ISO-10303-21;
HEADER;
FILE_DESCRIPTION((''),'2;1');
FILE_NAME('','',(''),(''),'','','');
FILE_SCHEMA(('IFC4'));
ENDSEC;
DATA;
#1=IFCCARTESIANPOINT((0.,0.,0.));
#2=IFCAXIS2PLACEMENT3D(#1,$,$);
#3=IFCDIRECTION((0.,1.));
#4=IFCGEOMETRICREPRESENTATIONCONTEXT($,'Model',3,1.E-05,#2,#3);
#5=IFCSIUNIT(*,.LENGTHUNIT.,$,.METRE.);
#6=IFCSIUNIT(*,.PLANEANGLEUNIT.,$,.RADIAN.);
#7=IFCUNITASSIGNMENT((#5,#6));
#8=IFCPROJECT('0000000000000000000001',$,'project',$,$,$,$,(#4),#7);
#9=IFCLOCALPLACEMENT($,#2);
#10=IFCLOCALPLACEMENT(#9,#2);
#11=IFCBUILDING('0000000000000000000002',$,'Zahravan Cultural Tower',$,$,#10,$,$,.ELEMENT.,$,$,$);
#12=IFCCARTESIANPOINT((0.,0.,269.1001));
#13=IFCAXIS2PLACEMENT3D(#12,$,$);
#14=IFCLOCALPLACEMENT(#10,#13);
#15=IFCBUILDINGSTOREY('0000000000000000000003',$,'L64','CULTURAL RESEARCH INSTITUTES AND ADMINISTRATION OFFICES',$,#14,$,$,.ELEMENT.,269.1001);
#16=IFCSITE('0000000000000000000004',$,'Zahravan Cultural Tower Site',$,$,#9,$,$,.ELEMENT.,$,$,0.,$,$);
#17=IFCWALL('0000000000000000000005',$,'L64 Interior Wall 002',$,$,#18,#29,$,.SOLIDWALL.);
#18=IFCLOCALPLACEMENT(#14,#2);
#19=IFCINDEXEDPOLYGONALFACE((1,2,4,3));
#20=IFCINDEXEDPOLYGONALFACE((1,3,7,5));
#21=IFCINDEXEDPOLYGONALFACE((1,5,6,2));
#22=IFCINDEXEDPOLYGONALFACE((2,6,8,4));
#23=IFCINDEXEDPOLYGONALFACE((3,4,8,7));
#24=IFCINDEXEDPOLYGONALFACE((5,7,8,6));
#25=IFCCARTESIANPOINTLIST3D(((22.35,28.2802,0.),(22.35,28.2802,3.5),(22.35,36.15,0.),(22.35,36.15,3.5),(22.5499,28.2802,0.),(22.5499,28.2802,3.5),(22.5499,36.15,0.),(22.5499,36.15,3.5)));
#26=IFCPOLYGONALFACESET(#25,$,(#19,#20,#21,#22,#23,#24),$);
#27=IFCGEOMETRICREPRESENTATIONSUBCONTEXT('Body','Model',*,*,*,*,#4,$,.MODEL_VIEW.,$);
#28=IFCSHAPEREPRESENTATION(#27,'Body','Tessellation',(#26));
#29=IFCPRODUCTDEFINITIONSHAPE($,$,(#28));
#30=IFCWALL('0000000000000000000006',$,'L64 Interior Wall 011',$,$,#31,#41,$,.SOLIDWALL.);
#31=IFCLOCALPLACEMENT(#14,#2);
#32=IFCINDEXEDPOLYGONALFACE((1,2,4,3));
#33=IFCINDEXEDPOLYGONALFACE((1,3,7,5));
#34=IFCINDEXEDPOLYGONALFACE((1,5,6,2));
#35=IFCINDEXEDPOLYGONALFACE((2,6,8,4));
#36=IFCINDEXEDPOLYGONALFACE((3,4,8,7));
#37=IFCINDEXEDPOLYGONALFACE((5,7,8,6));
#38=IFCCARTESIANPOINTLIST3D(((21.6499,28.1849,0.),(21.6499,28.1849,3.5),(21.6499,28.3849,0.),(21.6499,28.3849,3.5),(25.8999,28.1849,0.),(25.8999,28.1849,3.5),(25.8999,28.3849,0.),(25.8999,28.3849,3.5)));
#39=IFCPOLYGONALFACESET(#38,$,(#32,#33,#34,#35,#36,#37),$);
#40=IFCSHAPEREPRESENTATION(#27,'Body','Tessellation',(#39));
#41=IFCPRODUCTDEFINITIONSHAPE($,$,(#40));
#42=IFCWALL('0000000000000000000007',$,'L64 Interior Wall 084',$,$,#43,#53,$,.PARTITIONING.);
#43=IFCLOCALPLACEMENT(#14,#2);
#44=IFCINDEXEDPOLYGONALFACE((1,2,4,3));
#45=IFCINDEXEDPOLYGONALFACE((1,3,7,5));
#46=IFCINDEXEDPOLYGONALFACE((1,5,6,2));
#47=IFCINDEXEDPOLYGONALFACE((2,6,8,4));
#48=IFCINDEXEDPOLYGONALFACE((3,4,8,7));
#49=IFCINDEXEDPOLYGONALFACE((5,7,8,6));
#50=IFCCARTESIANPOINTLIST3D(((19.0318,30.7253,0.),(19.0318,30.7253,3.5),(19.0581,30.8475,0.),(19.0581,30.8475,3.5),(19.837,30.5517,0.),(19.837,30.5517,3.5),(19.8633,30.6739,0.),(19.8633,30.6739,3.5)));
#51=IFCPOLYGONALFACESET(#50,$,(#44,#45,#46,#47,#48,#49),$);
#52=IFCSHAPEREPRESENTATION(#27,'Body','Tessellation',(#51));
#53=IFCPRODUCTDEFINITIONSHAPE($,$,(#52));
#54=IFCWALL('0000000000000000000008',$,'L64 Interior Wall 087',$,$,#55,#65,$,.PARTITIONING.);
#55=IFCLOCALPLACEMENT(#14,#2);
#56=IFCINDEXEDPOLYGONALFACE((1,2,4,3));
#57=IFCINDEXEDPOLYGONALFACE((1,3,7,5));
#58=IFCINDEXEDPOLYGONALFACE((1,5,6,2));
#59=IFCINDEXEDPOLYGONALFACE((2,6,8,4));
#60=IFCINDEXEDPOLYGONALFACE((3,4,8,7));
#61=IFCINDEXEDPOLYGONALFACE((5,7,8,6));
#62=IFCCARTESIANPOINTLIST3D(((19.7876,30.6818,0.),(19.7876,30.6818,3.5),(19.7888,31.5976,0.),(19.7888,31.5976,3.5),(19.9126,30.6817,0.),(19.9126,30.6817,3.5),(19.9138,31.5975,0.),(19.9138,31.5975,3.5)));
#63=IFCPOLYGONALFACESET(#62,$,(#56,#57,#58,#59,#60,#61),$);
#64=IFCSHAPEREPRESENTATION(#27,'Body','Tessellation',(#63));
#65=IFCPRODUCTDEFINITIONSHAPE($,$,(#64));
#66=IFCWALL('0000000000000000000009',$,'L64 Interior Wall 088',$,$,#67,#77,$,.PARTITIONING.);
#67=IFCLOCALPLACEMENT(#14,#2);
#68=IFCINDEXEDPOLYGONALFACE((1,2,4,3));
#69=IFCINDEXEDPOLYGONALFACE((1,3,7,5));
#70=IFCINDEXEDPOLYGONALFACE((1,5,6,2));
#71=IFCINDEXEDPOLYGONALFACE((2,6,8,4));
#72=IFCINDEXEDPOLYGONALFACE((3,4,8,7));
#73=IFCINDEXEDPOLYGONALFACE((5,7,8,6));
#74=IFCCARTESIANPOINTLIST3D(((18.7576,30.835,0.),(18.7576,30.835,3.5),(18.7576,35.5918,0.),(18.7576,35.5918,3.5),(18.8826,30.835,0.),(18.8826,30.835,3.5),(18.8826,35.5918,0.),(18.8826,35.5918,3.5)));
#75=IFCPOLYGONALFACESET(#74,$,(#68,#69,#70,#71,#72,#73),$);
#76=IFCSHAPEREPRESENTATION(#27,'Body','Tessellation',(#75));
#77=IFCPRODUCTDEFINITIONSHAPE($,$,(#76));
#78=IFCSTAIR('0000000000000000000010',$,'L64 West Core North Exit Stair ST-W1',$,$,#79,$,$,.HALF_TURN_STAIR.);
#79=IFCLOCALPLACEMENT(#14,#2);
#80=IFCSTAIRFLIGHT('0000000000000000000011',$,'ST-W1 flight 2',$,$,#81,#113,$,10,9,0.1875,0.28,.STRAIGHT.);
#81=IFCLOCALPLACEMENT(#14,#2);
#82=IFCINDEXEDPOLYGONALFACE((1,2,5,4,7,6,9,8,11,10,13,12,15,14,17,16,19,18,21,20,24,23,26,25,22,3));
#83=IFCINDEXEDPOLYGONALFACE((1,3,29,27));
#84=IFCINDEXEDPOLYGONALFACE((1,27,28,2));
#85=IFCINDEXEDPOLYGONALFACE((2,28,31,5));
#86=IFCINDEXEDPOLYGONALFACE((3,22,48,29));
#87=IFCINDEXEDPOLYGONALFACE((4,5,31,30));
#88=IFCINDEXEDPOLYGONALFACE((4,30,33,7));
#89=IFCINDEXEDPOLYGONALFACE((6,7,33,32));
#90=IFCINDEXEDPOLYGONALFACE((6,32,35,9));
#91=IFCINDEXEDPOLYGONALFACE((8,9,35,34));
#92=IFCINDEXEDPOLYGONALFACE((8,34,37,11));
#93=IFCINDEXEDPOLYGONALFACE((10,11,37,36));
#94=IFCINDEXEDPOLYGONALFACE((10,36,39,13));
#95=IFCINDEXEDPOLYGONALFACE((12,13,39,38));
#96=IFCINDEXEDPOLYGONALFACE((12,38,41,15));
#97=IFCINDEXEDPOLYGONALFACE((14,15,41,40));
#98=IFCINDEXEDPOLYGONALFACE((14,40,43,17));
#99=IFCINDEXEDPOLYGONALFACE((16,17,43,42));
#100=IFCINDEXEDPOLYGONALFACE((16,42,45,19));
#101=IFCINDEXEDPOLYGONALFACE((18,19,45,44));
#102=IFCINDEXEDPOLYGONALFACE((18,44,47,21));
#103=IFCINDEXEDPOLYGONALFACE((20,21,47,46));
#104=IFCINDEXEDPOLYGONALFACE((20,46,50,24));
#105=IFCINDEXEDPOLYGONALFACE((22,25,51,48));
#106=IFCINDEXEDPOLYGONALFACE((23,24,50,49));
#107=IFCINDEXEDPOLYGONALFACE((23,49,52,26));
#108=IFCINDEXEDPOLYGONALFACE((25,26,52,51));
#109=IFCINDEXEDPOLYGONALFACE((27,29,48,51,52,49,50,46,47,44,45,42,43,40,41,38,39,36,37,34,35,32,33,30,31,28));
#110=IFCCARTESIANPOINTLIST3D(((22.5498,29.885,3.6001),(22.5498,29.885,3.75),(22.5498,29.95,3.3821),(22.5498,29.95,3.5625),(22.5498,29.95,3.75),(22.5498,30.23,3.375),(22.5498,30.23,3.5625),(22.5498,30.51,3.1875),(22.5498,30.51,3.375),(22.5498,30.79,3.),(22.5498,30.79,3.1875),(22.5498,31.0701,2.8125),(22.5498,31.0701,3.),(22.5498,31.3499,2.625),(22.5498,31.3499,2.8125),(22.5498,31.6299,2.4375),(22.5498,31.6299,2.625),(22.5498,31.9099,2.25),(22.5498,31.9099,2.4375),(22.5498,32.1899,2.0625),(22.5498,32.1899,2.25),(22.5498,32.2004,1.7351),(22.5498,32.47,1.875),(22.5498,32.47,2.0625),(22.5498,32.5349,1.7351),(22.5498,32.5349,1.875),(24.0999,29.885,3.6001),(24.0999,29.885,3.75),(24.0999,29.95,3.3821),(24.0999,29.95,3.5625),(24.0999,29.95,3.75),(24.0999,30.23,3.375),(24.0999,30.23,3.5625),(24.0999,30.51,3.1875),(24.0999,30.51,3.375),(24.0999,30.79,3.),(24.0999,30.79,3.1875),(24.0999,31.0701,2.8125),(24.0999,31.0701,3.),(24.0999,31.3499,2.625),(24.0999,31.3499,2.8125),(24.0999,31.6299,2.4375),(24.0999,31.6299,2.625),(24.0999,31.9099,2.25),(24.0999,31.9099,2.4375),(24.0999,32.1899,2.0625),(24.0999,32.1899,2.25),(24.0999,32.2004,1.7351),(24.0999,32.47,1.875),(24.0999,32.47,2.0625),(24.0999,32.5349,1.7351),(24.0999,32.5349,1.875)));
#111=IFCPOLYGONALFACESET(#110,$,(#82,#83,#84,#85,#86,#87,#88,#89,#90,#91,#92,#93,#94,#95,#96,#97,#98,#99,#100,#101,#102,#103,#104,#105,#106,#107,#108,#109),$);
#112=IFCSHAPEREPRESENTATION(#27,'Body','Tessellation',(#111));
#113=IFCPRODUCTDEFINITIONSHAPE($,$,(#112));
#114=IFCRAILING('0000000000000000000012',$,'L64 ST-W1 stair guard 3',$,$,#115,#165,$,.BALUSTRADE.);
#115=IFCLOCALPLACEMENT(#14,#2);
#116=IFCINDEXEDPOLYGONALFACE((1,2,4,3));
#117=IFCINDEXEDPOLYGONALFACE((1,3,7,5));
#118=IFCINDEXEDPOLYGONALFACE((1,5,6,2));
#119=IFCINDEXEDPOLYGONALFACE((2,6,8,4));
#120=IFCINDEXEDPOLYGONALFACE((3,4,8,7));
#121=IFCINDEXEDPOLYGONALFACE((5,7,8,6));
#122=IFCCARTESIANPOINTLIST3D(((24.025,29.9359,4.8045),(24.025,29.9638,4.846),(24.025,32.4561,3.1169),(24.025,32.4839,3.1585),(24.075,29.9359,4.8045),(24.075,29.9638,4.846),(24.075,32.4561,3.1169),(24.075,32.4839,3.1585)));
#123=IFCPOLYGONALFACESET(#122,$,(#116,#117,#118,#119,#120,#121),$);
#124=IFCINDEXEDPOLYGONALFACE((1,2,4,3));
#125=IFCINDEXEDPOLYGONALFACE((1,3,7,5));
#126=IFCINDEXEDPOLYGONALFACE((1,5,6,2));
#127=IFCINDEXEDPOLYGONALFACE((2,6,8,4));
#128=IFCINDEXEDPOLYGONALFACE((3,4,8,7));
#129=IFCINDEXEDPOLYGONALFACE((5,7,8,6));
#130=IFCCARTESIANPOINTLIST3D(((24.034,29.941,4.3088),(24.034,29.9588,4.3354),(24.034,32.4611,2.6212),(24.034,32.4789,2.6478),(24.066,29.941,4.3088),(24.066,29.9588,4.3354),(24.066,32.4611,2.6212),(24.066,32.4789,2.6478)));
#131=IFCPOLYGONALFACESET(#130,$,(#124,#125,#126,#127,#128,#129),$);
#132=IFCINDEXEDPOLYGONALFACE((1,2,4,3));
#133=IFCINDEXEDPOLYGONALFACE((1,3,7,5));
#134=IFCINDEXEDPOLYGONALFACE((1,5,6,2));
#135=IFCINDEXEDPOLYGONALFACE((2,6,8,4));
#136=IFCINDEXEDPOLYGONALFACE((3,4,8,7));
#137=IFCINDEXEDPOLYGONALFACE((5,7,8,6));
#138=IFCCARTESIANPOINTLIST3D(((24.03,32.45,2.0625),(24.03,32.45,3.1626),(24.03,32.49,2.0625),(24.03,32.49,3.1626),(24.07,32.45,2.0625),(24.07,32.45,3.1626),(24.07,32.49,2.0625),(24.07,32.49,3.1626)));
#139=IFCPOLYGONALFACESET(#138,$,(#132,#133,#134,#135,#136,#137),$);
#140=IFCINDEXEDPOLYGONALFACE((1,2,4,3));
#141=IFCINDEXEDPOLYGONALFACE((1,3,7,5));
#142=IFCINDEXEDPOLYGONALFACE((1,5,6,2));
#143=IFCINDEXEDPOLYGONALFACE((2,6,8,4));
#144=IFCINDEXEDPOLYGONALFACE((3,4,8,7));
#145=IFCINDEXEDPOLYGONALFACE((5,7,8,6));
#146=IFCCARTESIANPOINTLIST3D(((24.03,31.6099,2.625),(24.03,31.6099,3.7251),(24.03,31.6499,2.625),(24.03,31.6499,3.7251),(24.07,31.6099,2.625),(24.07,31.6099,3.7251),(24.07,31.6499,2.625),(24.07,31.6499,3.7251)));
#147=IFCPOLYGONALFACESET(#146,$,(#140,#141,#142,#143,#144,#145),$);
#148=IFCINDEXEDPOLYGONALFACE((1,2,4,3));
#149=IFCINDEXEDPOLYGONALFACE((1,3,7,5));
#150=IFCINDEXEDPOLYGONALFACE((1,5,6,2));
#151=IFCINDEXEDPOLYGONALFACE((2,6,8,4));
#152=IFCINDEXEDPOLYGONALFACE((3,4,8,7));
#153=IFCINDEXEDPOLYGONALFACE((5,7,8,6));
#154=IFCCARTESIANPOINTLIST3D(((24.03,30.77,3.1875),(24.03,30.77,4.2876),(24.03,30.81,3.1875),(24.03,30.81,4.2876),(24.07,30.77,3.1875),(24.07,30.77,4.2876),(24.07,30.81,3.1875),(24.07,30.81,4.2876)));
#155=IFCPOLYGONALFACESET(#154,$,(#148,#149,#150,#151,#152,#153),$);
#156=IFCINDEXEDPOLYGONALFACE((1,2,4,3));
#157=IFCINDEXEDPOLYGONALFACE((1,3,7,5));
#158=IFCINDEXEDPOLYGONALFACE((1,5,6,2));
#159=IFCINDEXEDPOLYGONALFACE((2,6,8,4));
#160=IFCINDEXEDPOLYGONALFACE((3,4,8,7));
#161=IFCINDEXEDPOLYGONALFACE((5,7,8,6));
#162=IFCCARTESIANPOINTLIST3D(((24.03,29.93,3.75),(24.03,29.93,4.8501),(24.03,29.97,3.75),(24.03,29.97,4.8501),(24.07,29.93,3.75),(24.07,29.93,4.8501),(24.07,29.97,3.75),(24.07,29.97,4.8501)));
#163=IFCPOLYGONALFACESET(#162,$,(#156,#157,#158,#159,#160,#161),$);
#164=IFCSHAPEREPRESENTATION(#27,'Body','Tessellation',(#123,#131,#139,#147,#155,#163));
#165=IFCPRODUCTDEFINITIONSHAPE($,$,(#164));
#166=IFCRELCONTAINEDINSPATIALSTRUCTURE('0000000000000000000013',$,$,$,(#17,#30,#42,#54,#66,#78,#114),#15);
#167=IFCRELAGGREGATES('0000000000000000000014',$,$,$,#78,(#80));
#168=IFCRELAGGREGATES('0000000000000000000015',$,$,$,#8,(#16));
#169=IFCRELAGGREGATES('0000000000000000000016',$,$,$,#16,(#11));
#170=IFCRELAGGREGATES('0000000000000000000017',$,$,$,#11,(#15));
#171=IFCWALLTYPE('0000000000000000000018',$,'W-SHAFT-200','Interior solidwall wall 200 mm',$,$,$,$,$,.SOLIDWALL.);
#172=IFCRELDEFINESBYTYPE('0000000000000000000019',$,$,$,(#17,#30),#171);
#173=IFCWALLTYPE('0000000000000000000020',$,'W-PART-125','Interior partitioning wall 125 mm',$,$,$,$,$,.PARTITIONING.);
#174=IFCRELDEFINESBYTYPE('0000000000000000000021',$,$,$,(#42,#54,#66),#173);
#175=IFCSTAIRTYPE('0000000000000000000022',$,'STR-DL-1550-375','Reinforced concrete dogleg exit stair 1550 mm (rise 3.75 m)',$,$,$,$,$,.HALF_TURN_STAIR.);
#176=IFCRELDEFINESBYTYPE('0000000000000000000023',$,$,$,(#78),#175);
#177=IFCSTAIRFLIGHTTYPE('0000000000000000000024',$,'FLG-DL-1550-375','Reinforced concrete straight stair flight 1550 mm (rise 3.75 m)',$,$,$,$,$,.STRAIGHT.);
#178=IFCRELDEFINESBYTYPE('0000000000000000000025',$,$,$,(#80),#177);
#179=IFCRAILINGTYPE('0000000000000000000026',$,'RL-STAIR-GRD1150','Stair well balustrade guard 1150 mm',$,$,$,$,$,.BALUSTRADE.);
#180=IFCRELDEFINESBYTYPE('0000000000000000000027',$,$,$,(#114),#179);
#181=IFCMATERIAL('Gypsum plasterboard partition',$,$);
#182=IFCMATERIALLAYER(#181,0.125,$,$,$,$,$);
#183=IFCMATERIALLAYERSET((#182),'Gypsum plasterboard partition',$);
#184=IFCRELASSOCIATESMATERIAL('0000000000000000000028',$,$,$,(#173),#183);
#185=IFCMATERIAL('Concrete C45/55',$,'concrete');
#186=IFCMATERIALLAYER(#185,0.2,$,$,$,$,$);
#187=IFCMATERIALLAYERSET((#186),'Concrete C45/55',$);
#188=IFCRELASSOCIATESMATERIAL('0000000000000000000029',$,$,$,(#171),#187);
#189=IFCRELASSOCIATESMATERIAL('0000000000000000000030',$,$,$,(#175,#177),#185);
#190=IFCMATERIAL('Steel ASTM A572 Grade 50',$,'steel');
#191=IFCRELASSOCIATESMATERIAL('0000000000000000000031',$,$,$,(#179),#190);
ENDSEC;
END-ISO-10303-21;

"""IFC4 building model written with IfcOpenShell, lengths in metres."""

from ifc_helpers import new_model, si_unit, direction, frame, frame_2d, origin, origin_2d, place, context, subcontext, project, spatial, polyline, rectangle, outline, extrude, source, transform, mapped, material, layer, layer_set, type_object, element, aggregate, save


model = new_model("IFC4")

# Units and contexts
model_context = context("Model", 3, precision=1e-05, world=origin(), true_north=direction((0.0, 1.0)))
body_context = subcontext(model_context, "Body", "Model", "MODEL_VIEW")
ifc_project = project(units=[si_unit("LENGTHUNIT", "METRE"), si_unit("PLANEANGLEUNIT", "RADIAN")], contexts=[model_context])

# Site, building, storey
site_placement = place(None, origin())
site = spatial("IfcSite", under=ifc_project, at=site_placement, Name="Zahravan Cultural Tower Site", CompositionType="ELEMENT", RefElevation=0.0)
building_placement = place(site_placement, origin())
building = spatial("IfcBuilding", under=site, at=building_placement, Name="Zahravan Cultural Tower", CompositionType="ELEMENT")
storey_placement = place(building_placement, frame((0.0, 0.0, 269.1001)))
storey = spatial("IfcBuildingStorey", under=building, at=storey_placement, Name="L64", Description="CULTURAL RESEARCH INSTITUTES AND ADMINISTRATION OFFICES", CompositionType="ELEMENT", Elevation=269.1001)

# Shared definitions
ifc_material_1 = material(Name="Gypsum plasterboard partition")
ifc_layer_1 = layer(ifc_material_1, 0.125)
ifc_layer_set_1 = layer_set([ifc_layer_1], Name="Gypsum plasterboard partition")
wall_type_1 = type_object("IfcWallType", Name="W-PART-125", Description="Interior partitioning wall 125 mm", PredefinedType="PARTITIONING", material=ifc_layer_set_1)

# Walls
ifc_material_2 = material(Name="Concrete C45/55", Category="concrete")
ifc_layer_2 = layer(ifc_material_2, 0.2)
ifc_layer_set_2 = layer_set([ifc_layer_2], Name="Concrete C45/55")
wall_type_2 = type_object("IfcWallType", Name="W-SHAFT-200", Description="Interior solidwall wall 200 mm", PredefinedType="SOLIDWALL", material=ifc_layer_set_2)
shared_shape_1 = source(origin(), body_context, "Body", "SweptSolid", [
    extrude(rectangle(XDim=7.8699, YDim=0.2, at=frame_2d((3.9351, 0.0))), origin(), (0.0, 0.0, 1.0), 3.5),
])
wall_1_placement = place(storey_placement, frame((22.45, 28.28, 0.0), z_axis=(0.0, 0.0, 1.0), x_axis=(0.0, 1.0, 0.0)))
element("IfcWall", 1, at=wall_1_placement, inside=storey, type_object=wall_type_2, Name="L64 Interior Wall 002", PredefinedType="SOLIDWALL", context=body_context, shape_type="MappedRepresentation", body=[
    mapped(shared_shape_1, transform((0.0, 0.0, 0.0), x_axis=(1.0, 0.0, 0.0), y_axis=(0.0, 1.0, 0.0), z_axis=(0.0, 0.0, 1.0), scale=1.0)),
])
shared_shape_2 = source(origin(), body_context, "Body", "SweptSolid", [
    extrude(rectangle(XDim=4.25, YDim=0.2, at=frame_2d((2.125, 0.0))), origin(), (0.0, 0.0, 1.0), 3.5),
])
wall_2_placement = place(storey_placement, frame((21.6499, 28.2849, 0.0), z_axis=(0.0, 0.0, 1.0), x_axis=(1.0, 0.0, 0.0)))
element("IfcWall", 2, at=wall_2_placement, inside=storey, type_object=wall_type_2, Name="L64 Interior Wall 011", PredefinedType="SOLIDWALL", context=body_context, shape_type="MappedRepresentation", body=[
    mapped(shared_shape_2, transform((0.0, 0.0, 0.0), x_axis=(1.0, 0.0, 0.0), y_axis=(0.0, 1.0, 0.0), z_axis=(0.0, 0.0, 1.0), scale=1.0)),
])
shared_shape_3 = source(origin(), body_context, "Body", "SweptSolid", [
    extrude(rectangle(XDim=0.8237, YDim=0.125, at=frame_2d((0.4119, 0.0))), origin(), (0.0, 0.0, 1.0), 3.5),
])
wall_3_placement = place(storey_placement, frame((19.0449, 30.7864, 0.0), z_axis=(0.0, 0.0, 1.0), x_axis=(0.977541, -0.210743, 0.0)))
element("IfcWall", 3, at=wall_3_placement, inside=storey, type_object=wall_type_1, Name="L64 Interior Wall 084", PredefinedType="PARTITIONING", context=body_context, shape_type="MappedRepresentation", body=[
    mapped(shared_shape_3, transform((0.0, 0.0, 0.0), x_axis=(1.0, 0.0, 0.0), y_axis=(0.0, 1.0, 0.0), z_axis=(0.0, 0.0, 1.0), scale=1.0)),
])
shared_shape_4 = source(origin(), body_context, "Body", "SweptSolid", [
    extrude(rectangle(XDim=0.9158, YDim=0.125, at=frame_2d((0.458, 0.0))), origin(), (0.0, 0.0, 1.0), 3.5),
])
wall_4_placement = place(storey_placement, frame((19.8513, 31.5977, 0.0), z_axis=(0.0, 0.0, 1.0), x_axis=(-0.001333, -0.999999, 0.0)))
element("IfcWall", 4, at=wall_4_placement, inside=storey, type_object=wall_type_1, Name="L64 Interior Wall 087", PredefinedType="PARTITIONING", context=body_context, shape_type="MappedRepresentation", body=[
    mapped(shared_shape_4, transform((0.0, 0.0, 0.0), x_axis=(1.0, 0.0, 0.0), y_axis=(0.0, 1.0, 0.0), z_axis=(0.0, 0.0, 1.0), scale=1.0)),
])
shared_shape_5 = source(origin(), body_context, "Body", "SweptSolid", [
    extrude(rectangle(XDim=4.7568, YDim=0.125, at=frame_2d((2.3784, 0.0))), origin(), (0.0, 0.0, 1.0), 3.5),
])
wall_5_placement = place(storey_placement, frame((18.8201, 30.835, 0.0), z_axis=(0.0, 0.0, 1.0), x_axis=(0.0, 1.0, 0.0)))
element("IfcWall", 5, at=wall_5_placement, inside=storey, type_object=wall_type_1, Name="L64 Interior Wall 088", PredefinedType="PARTITIONING", context=body_context, shape_type="MappedRepresentation", body=[
    mapped(shared_shape_5, transform((0.0, 0.0, 0.0), x_axis=(1.0, 0.0, 0.0), y_axis=(0.0, 1.0, 0.0), z_axis=(0.0, 0.0, 1.0), scale=1.0)),
])

# Stair, stair flight
stair_type = type_object("IfcStairType", Name="STR-DL-1550-375", Description="Reinforced concrete dogleg exit stair 1550 mm (rise 3.75 m)", PredefinedType="HALF_TURN_STAIR", material=ifc_material_2)
stair_placement = place(storey_placement, origin())
stair = element("IfcStair", 6, at=stair_placement, inside=storey, type_object=stair_type, Name="L64 West Core North Exit Stair ST-W1", PredefinedType="HALF_TURN_STAIR")
stair_flight_type = type_object("IfcStairFlightType", Name="FLG-DL-1550-375", Description="Reinforced concrete straight stair flight 1550 mm (rise 3.75 m)", PredefinedType="STRAIGHT", material=ifc_material_2)
stair_flight_placement = place(storey_placement, frame((23.325, 32.47, 1.875), z_axis=(0.0, 0.0, 1.0), x_axis=(0.0, -1.0, 0.0)))
stair_flight = element("IfcStairFlight", 7, at=stair_flight_placement, type_object=stair_flight_type, Name="ST-W1 flight 2", NumberOfRisers=10, NumberOfTreads=9, PredefinedType="STRAIGHT", RiserHeight=0.1875, TreadLength=0.28, context=body_context, shape_type="SweptSolid", body=[
    extrude(outline(polyline([(-0.0649, -0.1399), (-0.0649, 0.0), (0.0, 0.0), (0.0, 0.1875), (0.28, 0.1875), (0.28, 0.375), (0.5601, 0.375), (0.5601, 0.5625), (0.8401, 0.5625), (0.8401, 0.75), (1.1201, 0.75), (1.1201, 0.9375), (1.3999, 0.9375), (1.3999, 1.125), (1.6799, 1.125), (1.6799, 1.3125), (1.96, 1.3125), (1.96, 1.5), (2.24, 1.5), (2.24, 1.6875), (2.52, 1.6875), (2.52, 1.875), (2.585, 1.875), (2.585, 1.7251), (2.52, 1.5071), (0.2695, -0.1399), (-0.0649, -0.1399)])), frame((0.0, 0.7749, 0.0), z_axis=(0.0, -1.0, 0.0), x_axis=(1.0, 0.0, 0.0)), (0.0, 0.0, 1.0), 1.55),
])
aggregate(stair, [stair_flight])

# Railing
ifc_material_3 = material(Name="Steel ASTM A572 Grade 50", Category="steel")
railing_type_1 = type_object("IfcRailingType", Name="RL-STAIR-GRD1150", Description="Stair well balustrade guard 1150 mm", PredefinedType="BALUSTRADE", material=ifc_material_3)
railing_1_placement = place(storey_placement, frame((24.05, 32.47, 2.0625)))
element("IfcRailing", 8, at=railing_1_placement, inside=storey, type_object=railing_type_1, Name="L64 ST-W1 stair guard 3", PredefinedType="BALUSTRADE", context=body_context, shape_type="SweptSolid", body=[
    extrude(rectangle(XDim=0.05, YDim=0.05, at=origin_2d()), frame((0.0, 0.0, 1.0752), z_axis=(0.0, -0.830909, 0.556408), x_axis=(1.0, 0.0, 0.0)), (0.0, 0.0, 1.0), 3.033),
    extrude(rectangle(XDim=0.032, YDim=0.032, at=origin_2d()), frame((0.0, 0.0, 0.572), z_axis=(0.0, -0.830909, 0.556408), x_axis=(1.0, 0.0, 0.0)), (0.0, 0.0, 1.0), 3.033),
    extrude(rectangle(XDim=0.04, YDim=0.04, at=origin_2d()), origin(), (0.0, 0.0, 1.0), 1.1001),
    extrude(rectangle(XDim=0.04, YDim=0.04, at=origin_2d()), frame((0.0, -0.8401, 0.5625)), (0.0, 0.0, 1.0), 1.1001),
    extrude(rectangle(XDim=0.04, YDim=0.04, at=origin_2d()), frame((0.0, -1.6799, 1.125)), (0.0, 0.0, 1.0), 1.1001),
    extrude(rectangle(XDim=0.04, YDim=0.04, at=origin_2d()), frame((0.0, -2.52, 1.6875)), (0.0, 0.0, 1.0), 1.1001),
])

save(model, "model.ifc")
